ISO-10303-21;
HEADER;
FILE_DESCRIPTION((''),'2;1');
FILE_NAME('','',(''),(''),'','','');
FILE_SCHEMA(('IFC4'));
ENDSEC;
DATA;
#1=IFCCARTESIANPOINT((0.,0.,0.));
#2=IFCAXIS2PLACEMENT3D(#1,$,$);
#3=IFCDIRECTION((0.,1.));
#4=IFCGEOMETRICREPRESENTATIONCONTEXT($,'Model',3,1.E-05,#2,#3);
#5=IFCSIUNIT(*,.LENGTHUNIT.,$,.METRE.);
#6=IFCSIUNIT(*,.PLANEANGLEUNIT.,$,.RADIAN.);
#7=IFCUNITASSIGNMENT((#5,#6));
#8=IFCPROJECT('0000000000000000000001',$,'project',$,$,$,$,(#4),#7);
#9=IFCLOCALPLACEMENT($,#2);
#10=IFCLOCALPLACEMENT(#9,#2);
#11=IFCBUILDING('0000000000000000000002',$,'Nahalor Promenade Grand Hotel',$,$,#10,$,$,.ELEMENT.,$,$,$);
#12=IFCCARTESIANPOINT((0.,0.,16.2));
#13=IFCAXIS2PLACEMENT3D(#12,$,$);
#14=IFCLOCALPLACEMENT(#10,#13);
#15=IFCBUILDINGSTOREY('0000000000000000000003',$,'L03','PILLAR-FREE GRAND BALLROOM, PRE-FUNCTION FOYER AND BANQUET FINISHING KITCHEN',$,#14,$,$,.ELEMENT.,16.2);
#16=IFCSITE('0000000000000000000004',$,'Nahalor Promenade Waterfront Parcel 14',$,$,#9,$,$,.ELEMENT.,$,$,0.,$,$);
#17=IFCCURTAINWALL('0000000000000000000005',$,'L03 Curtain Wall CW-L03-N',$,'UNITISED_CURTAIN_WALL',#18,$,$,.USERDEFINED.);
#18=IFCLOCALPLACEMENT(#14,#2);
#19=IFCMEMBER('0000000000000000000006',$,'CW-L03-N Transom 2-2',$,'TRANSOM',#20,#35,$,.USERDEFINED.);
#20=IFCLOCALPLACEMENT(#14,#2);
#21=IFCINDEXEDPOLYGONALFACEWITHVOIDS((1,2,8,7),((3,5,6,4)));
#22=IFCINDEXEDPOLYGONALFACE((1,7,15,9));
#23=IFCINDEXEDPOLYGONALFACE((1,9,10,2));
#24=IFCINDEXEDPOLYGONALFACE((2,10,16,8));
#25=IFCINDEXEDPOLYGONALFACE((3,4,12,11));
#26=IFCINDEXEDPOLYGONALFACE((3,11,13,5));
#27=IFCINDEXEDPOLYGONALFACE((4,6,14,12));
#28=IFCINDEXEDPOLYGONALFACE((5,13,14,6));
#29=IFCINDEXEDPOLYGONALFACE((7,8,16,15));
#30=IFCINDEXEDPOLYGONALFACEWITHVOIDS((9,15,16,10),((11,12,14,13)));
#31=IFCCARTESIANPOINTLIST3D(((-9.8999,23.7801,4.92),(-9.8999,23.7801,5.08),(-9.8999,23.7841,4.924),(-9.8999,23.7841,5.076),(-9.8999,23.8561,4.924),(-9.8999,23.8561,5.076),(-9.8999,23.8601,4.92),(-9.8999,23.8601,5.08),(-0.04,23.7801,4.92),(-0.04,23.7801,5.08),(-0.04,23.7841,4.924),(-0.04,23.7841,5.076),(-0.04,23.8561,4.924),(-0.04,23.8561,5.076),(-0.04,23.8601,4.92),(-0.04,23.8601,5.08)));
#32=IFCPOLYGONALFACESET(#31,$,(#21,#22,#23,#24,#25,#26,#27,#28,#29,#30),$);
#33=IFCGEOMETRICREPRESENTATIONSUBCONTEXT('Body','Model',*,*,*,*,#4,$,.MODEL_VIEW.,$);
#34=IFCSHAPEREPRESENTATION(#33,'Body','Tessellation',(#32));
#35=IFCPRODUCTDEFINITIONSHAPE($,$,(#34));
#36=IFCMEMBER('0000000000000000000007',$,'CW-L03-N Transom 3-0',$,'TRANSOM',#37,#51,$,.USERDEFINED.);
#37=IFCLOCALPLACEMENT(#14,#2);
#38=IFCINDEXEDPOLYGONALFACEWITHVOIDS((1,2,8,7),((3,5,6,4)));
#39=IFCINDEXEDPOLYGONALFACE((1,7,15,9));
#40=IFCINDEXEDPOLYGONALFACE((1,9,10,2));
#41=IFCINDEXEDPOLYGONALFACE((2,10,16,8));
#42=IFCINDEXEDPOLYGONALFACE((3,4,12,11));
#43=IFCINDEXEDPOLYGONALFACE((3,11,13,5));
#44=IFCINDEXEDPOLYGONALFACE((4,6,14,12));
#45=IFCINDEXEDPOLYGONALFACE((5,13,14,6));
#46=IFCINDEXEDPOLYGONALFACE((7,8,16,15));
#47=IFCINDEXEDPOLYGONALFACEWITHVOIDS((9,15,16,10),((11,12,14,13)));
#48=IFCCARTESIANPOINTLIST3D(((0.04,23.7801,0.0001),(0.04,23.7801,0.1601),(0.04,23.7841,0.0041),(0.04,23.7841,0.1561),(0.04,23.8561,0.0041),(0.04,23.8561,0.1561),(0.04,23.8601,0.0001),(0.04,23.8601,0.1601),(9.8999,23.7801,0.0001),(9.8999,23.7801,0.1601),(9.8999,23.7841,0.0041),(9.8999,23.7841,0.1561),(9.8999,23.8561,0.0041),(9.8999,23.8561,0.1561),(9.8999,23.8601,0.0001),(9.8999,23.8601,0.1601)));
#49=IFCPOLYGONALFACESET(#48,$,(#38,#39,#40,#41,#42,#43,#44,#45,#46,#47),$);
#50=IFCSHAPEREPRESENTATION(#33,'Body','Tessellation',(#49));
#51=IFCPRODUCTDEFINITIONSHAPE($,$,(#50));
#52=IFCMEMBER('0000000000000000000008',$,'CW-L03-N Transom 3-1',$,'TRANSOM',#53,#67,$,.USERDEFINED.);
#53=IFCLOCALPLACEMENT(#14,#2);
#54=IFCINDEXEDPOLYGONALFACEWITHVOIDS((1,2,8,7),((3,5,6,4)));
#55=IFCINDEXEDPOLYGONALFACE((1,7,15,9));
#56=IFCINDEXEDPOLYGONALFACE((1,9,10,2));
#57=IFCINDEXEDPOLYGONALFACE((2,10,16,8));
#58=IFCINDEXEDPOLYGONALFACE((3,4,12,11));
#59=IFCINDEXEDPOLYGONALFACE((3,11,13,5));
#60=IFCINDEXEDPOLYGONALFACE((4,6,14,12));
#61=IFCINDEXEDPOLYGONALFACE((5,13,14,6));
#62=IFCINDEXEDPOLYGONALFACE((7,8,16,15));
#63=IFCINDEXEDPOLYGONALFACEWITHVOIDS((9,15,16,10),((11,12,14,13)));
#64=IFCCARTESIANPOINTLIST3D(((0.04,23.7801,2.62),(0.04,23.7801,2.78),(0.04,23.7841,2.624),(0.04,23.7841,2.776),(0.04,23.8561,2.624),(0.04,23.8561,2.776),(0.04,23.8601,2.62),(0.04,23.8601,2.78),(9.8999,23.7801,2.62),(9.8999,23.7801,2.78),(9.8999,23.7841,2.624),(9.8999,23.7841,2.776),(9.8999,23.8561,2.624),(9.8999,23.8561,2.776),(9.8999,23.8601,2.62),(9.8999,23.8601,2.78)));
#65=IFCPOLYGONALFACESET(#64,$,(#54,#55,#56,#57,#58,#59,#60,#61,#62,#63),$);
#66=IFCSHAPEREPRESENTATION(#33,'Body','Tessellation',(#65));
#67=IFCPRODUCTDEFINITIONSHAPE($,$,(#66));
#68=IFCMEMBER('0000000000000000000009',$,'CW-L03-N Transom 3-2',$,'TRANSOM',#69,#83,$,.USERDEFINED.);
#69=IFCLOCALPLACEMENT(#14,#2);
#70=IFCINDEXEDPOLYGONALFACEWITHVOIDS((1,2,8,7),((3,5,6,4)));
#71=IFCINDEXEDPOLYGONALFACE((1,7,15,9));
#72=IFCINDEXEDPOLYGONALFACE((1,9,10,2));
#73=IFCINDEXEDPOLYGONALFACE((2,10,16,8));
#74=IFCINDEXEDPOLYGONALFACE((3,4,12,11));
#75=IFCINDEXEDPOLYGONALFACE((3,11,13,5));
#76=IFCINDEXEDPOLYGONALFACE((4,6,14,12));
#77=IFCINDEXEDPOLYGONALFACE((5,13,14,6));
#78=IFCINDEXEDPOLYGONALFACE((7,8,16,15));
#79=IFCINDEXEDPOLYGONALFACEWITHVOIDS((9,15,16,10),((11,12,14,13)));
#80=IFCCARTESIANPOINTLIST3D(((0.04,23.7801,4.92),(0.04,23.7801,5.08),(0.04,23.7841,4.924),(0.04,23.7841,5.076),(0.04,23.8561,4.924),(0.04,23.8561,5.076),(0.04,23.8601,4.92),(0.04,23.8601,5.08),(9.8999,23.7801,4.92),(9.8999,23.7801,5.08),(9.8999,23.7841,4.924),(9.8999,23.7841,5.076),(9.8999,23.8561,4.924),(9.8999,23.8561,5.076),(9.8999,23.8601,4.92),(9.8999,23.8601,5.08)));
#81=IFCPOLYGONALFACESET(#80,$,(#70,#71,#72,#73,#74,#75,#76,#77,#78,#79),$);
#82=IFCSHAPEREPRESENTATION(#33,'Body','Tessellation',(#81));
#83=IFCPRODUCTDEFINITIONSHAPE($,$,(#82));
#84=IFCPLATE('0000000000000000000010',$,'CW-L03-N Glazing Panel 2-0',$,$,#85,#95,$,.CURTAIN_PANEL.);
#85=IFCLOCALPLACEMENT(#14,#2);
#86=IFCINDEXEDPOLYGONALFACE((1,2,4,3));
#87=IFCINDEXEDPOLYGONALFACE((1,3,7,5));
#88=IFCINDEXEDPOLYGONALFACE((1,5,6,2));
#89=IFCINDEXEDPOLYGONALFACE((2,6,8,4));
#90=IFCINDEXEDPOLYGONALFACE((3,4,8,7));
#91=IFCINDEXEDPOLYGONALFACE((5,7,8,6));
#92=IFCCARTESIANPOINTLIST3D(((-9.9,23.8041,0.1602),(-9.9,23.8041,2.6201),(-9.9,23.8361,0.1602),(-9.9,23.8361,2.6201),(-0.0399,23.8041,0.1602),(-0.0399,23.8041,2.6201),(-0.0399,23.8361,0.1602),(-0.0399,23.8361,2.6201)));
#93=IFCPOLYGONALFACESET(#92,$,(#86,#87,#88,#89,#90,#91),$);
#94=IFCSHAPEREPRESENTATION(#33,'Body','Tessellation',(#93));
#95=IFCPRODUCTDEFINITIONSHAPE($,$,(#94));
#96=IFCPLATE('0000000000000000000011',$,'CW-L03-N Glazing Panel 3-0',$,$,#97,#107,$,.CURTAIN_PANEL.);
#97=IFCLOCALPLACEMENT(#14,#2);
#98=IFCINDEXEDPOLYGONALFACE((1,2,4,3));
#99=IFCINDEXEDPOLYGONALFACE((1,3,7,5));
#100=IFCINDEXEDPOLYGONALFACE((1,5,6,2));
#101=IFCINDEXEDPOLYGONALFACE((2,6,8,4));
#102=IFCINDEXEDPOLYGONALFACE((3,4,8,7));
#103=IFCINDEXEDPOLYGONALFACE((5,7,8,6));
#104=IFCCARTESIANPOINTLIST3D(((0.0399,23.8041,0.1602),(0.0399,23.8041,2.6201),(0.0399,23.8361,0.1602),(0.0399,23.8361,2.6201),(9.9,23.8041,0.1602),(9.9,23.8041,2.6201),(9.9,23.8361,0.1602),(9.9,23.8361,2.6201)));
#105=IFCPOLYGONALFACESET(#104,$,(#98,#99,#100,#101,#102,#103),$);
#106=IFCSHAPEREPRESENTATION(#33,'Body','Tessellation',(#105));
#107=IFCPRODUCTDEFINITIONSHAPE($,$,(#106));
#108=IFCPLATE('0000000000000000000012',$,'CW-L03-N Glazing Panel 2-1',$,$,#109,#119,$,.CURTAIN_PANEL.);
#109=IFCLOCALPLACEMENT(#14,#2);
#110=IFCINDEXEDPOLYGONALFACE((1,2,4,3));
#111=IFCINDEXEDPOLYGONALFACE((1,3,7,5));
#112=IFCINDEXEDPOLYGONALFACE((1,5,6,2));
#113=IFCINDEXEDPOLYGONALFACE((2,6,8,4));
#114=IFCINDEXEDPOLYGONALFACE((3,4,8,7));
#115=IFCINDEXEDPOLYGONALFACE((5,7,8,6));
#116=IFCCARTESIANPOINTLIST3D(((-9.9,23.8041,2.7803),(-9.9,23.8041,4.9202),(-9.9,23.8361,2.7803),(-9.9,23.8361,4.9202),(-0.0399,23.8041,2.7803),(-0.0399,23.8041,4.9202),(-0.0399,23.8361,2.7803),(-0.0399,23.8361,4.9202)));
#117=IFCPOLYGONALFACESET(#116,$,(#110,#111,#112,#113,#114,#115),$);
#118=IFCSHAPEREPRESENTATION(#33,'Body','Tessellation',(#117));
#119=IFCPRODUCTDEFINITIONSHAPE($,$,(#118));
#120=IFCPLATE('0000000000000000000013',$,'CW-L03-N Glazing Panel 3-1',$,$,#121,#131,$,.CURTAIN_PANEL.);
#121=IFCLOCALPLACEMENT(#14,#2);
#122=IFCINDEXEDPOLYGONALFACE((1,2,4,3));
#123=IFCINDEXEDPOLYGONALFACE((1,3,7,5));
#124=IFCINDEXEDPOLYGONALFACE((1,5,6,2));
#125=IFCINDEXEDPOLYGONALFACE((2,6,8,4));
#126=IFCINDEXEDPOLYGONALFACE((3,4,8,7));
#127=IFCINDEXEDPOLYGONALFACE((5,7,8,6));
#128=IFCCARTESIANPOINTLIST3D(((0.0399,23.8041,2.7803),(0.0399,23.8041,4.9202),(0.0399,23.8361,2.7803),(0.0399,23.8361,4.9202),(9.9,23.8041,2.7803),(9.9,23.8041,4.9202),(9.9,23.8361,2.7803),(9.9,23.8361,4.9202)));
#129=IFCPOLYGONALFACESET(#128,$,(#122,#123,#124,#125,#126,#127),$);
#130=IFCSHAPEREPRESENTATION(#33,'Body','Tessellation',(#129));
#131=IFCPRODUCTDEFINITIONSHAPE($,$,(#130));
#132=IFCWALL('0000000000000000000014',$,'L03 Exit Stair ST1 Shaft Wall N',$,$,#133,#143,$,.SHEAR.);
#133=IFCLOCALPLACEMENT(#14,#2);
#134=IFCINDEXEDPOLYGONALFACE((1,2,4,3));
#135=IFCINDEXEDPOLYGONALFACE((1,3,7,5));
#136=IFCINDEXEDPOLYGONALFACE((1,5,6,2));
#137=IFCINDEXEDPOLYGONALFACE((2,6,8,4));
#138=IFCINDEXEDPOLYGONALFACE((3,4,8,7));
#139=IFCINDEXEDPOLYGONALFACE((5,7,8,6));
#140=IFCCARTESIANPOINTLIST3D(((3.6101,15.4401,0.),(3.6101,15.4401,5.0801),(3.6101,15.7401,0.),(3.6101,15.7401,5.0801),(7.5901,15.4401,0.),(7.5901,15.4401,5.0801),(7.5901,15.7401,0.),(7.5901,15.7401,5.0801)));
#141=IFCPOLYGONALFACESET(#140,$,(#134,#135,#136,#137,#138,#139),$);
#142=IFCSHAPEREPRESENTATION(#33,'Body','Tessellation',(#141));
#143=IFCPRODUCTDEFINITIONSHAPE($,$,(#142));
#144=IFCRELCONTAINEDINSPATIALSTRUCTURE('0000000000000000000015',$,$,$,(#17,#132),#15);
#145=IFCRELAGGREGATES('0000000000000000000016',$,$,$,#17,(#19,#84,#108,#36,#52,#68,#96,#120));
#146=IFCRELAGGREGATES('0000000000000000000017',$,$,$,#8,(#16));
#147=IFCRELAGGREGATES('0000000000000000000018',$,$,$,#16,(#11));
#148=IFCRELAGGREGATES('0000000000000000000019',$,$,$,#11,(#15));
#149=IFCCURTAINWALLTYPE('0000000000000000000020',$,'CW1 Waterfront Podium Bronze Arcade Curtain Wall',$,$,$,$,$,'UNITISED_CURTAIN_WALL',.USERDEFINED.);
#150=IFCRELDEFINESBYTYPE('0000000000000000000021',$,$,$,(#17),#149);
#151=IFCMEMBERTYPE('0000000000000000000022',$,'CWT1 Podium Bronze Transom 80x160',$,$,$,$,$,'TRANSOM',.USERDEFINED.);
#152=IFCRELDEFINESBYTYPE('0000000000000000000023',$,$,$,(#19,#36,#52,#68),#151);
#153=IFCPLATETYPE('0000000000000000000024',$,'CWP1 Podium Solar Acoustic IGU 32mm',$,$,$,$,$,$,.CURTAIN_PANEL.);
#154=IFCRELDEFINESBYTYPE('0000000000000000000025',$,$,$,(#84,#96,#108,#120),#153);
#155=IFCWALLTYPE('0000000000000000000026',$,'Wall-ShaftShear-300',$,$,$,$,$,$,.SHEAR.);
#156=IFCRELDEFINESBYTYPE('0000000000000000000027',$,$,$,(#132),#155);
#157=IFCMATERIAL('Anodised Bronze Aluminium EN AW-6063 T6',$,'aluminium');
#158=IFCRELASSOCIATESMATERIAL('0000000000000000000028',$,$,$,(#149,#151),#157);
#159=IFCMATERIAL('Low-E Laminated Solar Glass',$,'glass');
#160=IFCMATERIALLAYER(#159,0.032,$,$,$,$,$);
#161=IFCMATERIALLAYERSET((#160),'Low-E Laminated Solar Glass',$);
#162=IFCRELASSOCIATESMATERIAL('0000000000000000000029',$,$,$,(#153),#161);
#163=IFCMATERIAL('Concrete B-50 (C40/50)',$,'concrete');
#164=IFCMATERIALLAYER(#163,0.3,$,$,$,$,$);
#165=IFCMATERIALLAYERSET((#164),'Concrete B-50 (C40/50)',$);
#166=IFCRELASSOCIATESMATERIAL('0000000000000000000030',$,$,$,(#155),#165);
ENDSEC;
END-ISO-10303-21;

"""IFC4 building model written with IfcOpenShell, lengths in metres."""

from ifc_helpers import new_model, si_unit, direction, frame, frame_2d, origin, origin_2d, place, context, subcontext, project, spatial, rectangle, hollow_rectangle, extrude, source, transform, mapped, material, layer, layer_set, material_profile, profile_set, type_object, element, aggregate, save


model = new_model("IFC4")

# Units and contexts
model_context = context("Model", 3, precision=1e-05, world=origin(), true_north=direction((0.0, 1.0)))
body_context = subcontext(model_context, "Body", "Model", "MODEL_VIEW")
ifc_project = project(units=[si_unit("LENGTHUNIT", "METRE"), si_unit("PLANEANGLEUNIT", "RADIAN")], contexts=[model_context])

# Site, building, storey
site_placement = place(None, origin())
site = spatial("IfcSite", under=ifc_project, at=site_placement, Name="Nahalor Promenade Waterfront Parcel 14", CompositionType="ELEMENT", RefElevation=0.0)
building_placement = place(site_placement, origin())
building = spatial("IfcBuilding", under=site, at=building_placement, Name="Nahalor Promenade Grand Hotel", CompositionType="ELEMENT")
storey_placement = place(building_placement, frame((0.0, 0.0, 16.2)))
storey = spatial("IfcBuildingStorey", under=building, at=storey_placement, Name="L03", Description="PILLAR-FREE GRAND BALLROOM, PRE-FUNCTION FOYER AND BANQUET FINISHING KITCHEN", CompositionType="ELEMENT", Elevation=16.2)

# Curtain wall, members, plates
ifc_material_1 = material(Name="Anodised Bronze Aluminium EN AW-6063 T6", Category="aluminium")
curtain_wall_type = type_object("IfcCurtainWallType", Name="CW1 Waterfront Podium Bronze Arcade Curtain Wall", ElementType="UNITISED_CURTAIN_WALL", PredefinedType="USERDEFINED", material=ifc_material_1)
curtain_wall_placement = place(storey_placement, origin())
curtain_wall = element("IfcCurtainWall", 1, at=curtain_wall_placement, inside=storey, type_object=curtain_wall_type, Name="L03 Curtain Wall CW-L03-N", ObjectType="UNITISED_CURTAIN_WALL", PredefinedType="USERDEFINED")
ifc_material_profile_1 = material_profile(ifc_material_1, hollow_rectangle(XDim=0.08, YDim=0.16, WallThickness=0.004, at=origin_2d()), Name="CWT 80x160x4")
ifc_profile_set_1 = profile_set([ifc_material_profile_1], Name="Anodised Bronze Aluminium EN AW-6063 T6")
member_type_1 = type_object("IfcMemberType", Name="CWT1 Podium Bronze Transom 80x160", ElementType="TRANSOM", PredefinedType="USERDEFINED", material=ifc_profile_set_1)
shared_shape_1 = source(origin(), body_context, "Body", "SweptSolid", [
    extrude(hollow_rectangle(XDim=0.08, YDim=0.16, WallThickness=0.004, at=origin_2d()), origin(), (0.0, 0.0, 1.0), 9.8599),
])
member_1_placement = place(storey_placement, frame((-9.8999, 23.8201, 5.0), z_axis=(1.0, 0.0, 0.0), x_axis=(0.0, 1.0, 0.0)))
member_1 = element("IfcMember", 2, at=member_1_placement, type_object=member_type_1, Name="CW-L03-N Transom 2-2", ObjectType="TRANSOM", PredefinedType="USERDEFINED", context=body_context, shape_type="MappedRepresentation", body=[
    mapped(shared_shape_1, transform((0.0, 0.0, 0.0), scale=1.0)),
])
member_2_placement = place(storey_placement, frame((0.04, 23.8201, 0.0801), z_axis=(1.0, 0.0, 0.0), x_axis=(0.0, 1.0, 0.0)))
member_2 = element("IfcMember", 3, at=member_2_placement, type_object=member_type_1, Name="CW-L03-N Transom 3-0", ObjectType="TRANSOM", PredefinedType="USERDEFINED", context=body_context, shape_type="MappedRepresentation", body=[
    mapped(shared_shape_1, transform((0.0, 0.0, 0.0), scale=1.0)),
])
member_3_placement = place(storey_placement, frame((0.04, 23.8201, 2.7), z_axis=(1.0, 0.0, 0.0), x_axis=(0.0, 1.0, 0.0)))
member_3 = element("IfcMember", 4, at=member_3_placement, type_object=member_type_1, Name="CW-L03-N Transom 3-1", ObjectType="TRANSOM", PredefinedType="USERDEFINED", context=body_context, shape_type="MappedRepresentation", body=[
    mapped(shared_shape_1, transform((0.0, 0.0, 0.0), scale=1.0)),
])
member_4_placement = place(storey_placement, frame((0.04, 23.8201, 5.0), z_axis=(1.0, 0.0, 0.0), x_axis=(0.0, 1.0, 0.0)))
member_4 = element("IfcMember", 5, at=member_4_placement, type_object=member_type_1, Name="CW-L03-N Transom 3-2", ObjectType="TRANSOM", PredefinedType="USERDEFINED", context=body_context, shape_type="MappedRepresentation", body=[
    mapped(shared_shape_1, transform((0.0, 0.0, 0.0), scale=1.0)),
])
ifc_material_2 = material(Name="Low-E Laminated Solar Glass", Category="glass")
ifc_layer_1 = layer(ifc_material_2, 0.032)
ifc_layer_set_1 = layer_set([ifc_layer_1], Name="Low-E Laminated Solar Glass")
plate_type = type_object("IfcPlateType", Name="CWP1 Podium Solar Acoustic IGU 32mm", PredefinedType="CURTAIN_PANEL", material=ifc_layer_set_1)
shared_shape_2 = source(origin(), body_context, "Body", "SweptSolid", [
    extrude(rectangle(XDim=9.8601, YDim=0.032, at=origin_2d()), origin(), (0.0, 0.0, 1.0), 2.46),
])
plate_1_placement = place(storey_placement, frame((-4.97, 23.8201, 0.1602), z_axis=(0.0, 0.0, 1.0), x_axis=(1.0, 0.0, 0.0)))
plate_1 = element("IfcPlate", 6, at=plate_1_placement, type_object=plate_type, Name="CW-L03-N Glazing Panel 2-0", PredefinedType="CURTAIN_PANEL", context=body_context, shape_type="MappedRepresentation", body=[
    mapped(shared_shape_2, transform((0.0, 0.0, 0.0), scale=1.0)),
])
plate_2_placement = place(storey_placement, frame((4.97, 23.8201, 0.1602), z_axis=(0.0, 0.0, 1.0), x_axis=(1.0, 0.0, 0.0)))
plate_2 = element("IfcPlate", 7, at=plate_2_placement, type_object=plate_type, Name="CW-L03-N Glazing Panel 3-0", PredefinedType="CURTAIN_PANEL", context=body_context, shape_type="MappedRepresentation", body=[
    mapped(shared_shape_2, transform((0.0, 0.0, 0.0), scale=1.0)),
])
shared_shape_3 = source(origin(), body_context, "Body", "SweptSolid", [
    extrude(rectangle(XDim=9.8601, YDim=0.032, at=origin_2d()), origin(), (0.0, 0.0, 1.0), 2.1399),
])
plate_3_placement = place(storey_placement, frame((-4.97, 23.8201, 2.7803), z_axis=(0.0, 0.0, 1.0), x_axis=(1.0, 0.0, 0.0)))
plate_3 = element("IfcPlate", 8, at=plate_3_placement, type_object=plate_type, Name="CW-L03-N Glazing Panel 2-1", PredefinedType="CURTAIN_PANEL", context=body_context, shape_type="MappedRepresentation", body=[
    mapped(shared_shape_3, transform((0.0, 0.0, 0.0), scale=1.0)),
])
plate_4_placement = place(storey_placement, frame((4.97, 23.8201, 2.7803), z_axis=(0.0, 0.0, 1.0), x_axis=(1.0, 0.0, 0.0)))
plate_4 = element("IfcPlate", 9, at=plate_4_placement, type_object=plate_type, Name="CW-L03-N Glazing Panel 3-1", PredefinedType="CURTAIN_PANEL", context=body_context, shape_type="MappedRepresentation", body=[
    mapped(shared_shape_3, transform((0.0, 0.0, 0.0), scale=1.0)),
])
aggregate(curtain_wall, [member_1, plate_1, plate_3, member_2, member_3, member_4, plate_2, plate_4])

# Wall
ifc_material_3 = material(Name="Concrete B-50 (C40/50)", Category="concrete")
ifc_layer_2 = layer(ifc_material_3, 0.3)
ifc_layer_set_2 = layer_set([ifc_layer_2], Name="Concrete B-50 (C40/50)")
wall_type = type_object("IfcWallType", Name="Wall-ShaftShear-300", PredefinedType="SHEAR", material=ifc_layer_set_2)
shared_shape_4 = source(origin(), body_context, "Body", "SweptSolid", [
    extrude(rectangle(XDim=3.98, YDim=0.3, at=frame_2d((1.99, 0.0))), origin(), (0.0, 0.0, 1.0), 5.0801),
])
wall_placement = place(storey_placement, frame((3.6101, 15.5901, 0.0), z_axis=(0.0, 0.0, 1.0), x_axis=(1.0, 0.0, 0.0)))
element("IfcWall", 10, at=wall_placement, inside=storey, type_object=wall_type, Name="L03 Exit Stair ST1 Shaft Wall N", PredefinedType="SHEAR", context=body_context, shape_type="MappedRepresentation", body=[
    mapped(shared_shape_4, transform((0.0, 0.0, 0.0), scale=1.0)),
])

save(model, "model.ifc")
